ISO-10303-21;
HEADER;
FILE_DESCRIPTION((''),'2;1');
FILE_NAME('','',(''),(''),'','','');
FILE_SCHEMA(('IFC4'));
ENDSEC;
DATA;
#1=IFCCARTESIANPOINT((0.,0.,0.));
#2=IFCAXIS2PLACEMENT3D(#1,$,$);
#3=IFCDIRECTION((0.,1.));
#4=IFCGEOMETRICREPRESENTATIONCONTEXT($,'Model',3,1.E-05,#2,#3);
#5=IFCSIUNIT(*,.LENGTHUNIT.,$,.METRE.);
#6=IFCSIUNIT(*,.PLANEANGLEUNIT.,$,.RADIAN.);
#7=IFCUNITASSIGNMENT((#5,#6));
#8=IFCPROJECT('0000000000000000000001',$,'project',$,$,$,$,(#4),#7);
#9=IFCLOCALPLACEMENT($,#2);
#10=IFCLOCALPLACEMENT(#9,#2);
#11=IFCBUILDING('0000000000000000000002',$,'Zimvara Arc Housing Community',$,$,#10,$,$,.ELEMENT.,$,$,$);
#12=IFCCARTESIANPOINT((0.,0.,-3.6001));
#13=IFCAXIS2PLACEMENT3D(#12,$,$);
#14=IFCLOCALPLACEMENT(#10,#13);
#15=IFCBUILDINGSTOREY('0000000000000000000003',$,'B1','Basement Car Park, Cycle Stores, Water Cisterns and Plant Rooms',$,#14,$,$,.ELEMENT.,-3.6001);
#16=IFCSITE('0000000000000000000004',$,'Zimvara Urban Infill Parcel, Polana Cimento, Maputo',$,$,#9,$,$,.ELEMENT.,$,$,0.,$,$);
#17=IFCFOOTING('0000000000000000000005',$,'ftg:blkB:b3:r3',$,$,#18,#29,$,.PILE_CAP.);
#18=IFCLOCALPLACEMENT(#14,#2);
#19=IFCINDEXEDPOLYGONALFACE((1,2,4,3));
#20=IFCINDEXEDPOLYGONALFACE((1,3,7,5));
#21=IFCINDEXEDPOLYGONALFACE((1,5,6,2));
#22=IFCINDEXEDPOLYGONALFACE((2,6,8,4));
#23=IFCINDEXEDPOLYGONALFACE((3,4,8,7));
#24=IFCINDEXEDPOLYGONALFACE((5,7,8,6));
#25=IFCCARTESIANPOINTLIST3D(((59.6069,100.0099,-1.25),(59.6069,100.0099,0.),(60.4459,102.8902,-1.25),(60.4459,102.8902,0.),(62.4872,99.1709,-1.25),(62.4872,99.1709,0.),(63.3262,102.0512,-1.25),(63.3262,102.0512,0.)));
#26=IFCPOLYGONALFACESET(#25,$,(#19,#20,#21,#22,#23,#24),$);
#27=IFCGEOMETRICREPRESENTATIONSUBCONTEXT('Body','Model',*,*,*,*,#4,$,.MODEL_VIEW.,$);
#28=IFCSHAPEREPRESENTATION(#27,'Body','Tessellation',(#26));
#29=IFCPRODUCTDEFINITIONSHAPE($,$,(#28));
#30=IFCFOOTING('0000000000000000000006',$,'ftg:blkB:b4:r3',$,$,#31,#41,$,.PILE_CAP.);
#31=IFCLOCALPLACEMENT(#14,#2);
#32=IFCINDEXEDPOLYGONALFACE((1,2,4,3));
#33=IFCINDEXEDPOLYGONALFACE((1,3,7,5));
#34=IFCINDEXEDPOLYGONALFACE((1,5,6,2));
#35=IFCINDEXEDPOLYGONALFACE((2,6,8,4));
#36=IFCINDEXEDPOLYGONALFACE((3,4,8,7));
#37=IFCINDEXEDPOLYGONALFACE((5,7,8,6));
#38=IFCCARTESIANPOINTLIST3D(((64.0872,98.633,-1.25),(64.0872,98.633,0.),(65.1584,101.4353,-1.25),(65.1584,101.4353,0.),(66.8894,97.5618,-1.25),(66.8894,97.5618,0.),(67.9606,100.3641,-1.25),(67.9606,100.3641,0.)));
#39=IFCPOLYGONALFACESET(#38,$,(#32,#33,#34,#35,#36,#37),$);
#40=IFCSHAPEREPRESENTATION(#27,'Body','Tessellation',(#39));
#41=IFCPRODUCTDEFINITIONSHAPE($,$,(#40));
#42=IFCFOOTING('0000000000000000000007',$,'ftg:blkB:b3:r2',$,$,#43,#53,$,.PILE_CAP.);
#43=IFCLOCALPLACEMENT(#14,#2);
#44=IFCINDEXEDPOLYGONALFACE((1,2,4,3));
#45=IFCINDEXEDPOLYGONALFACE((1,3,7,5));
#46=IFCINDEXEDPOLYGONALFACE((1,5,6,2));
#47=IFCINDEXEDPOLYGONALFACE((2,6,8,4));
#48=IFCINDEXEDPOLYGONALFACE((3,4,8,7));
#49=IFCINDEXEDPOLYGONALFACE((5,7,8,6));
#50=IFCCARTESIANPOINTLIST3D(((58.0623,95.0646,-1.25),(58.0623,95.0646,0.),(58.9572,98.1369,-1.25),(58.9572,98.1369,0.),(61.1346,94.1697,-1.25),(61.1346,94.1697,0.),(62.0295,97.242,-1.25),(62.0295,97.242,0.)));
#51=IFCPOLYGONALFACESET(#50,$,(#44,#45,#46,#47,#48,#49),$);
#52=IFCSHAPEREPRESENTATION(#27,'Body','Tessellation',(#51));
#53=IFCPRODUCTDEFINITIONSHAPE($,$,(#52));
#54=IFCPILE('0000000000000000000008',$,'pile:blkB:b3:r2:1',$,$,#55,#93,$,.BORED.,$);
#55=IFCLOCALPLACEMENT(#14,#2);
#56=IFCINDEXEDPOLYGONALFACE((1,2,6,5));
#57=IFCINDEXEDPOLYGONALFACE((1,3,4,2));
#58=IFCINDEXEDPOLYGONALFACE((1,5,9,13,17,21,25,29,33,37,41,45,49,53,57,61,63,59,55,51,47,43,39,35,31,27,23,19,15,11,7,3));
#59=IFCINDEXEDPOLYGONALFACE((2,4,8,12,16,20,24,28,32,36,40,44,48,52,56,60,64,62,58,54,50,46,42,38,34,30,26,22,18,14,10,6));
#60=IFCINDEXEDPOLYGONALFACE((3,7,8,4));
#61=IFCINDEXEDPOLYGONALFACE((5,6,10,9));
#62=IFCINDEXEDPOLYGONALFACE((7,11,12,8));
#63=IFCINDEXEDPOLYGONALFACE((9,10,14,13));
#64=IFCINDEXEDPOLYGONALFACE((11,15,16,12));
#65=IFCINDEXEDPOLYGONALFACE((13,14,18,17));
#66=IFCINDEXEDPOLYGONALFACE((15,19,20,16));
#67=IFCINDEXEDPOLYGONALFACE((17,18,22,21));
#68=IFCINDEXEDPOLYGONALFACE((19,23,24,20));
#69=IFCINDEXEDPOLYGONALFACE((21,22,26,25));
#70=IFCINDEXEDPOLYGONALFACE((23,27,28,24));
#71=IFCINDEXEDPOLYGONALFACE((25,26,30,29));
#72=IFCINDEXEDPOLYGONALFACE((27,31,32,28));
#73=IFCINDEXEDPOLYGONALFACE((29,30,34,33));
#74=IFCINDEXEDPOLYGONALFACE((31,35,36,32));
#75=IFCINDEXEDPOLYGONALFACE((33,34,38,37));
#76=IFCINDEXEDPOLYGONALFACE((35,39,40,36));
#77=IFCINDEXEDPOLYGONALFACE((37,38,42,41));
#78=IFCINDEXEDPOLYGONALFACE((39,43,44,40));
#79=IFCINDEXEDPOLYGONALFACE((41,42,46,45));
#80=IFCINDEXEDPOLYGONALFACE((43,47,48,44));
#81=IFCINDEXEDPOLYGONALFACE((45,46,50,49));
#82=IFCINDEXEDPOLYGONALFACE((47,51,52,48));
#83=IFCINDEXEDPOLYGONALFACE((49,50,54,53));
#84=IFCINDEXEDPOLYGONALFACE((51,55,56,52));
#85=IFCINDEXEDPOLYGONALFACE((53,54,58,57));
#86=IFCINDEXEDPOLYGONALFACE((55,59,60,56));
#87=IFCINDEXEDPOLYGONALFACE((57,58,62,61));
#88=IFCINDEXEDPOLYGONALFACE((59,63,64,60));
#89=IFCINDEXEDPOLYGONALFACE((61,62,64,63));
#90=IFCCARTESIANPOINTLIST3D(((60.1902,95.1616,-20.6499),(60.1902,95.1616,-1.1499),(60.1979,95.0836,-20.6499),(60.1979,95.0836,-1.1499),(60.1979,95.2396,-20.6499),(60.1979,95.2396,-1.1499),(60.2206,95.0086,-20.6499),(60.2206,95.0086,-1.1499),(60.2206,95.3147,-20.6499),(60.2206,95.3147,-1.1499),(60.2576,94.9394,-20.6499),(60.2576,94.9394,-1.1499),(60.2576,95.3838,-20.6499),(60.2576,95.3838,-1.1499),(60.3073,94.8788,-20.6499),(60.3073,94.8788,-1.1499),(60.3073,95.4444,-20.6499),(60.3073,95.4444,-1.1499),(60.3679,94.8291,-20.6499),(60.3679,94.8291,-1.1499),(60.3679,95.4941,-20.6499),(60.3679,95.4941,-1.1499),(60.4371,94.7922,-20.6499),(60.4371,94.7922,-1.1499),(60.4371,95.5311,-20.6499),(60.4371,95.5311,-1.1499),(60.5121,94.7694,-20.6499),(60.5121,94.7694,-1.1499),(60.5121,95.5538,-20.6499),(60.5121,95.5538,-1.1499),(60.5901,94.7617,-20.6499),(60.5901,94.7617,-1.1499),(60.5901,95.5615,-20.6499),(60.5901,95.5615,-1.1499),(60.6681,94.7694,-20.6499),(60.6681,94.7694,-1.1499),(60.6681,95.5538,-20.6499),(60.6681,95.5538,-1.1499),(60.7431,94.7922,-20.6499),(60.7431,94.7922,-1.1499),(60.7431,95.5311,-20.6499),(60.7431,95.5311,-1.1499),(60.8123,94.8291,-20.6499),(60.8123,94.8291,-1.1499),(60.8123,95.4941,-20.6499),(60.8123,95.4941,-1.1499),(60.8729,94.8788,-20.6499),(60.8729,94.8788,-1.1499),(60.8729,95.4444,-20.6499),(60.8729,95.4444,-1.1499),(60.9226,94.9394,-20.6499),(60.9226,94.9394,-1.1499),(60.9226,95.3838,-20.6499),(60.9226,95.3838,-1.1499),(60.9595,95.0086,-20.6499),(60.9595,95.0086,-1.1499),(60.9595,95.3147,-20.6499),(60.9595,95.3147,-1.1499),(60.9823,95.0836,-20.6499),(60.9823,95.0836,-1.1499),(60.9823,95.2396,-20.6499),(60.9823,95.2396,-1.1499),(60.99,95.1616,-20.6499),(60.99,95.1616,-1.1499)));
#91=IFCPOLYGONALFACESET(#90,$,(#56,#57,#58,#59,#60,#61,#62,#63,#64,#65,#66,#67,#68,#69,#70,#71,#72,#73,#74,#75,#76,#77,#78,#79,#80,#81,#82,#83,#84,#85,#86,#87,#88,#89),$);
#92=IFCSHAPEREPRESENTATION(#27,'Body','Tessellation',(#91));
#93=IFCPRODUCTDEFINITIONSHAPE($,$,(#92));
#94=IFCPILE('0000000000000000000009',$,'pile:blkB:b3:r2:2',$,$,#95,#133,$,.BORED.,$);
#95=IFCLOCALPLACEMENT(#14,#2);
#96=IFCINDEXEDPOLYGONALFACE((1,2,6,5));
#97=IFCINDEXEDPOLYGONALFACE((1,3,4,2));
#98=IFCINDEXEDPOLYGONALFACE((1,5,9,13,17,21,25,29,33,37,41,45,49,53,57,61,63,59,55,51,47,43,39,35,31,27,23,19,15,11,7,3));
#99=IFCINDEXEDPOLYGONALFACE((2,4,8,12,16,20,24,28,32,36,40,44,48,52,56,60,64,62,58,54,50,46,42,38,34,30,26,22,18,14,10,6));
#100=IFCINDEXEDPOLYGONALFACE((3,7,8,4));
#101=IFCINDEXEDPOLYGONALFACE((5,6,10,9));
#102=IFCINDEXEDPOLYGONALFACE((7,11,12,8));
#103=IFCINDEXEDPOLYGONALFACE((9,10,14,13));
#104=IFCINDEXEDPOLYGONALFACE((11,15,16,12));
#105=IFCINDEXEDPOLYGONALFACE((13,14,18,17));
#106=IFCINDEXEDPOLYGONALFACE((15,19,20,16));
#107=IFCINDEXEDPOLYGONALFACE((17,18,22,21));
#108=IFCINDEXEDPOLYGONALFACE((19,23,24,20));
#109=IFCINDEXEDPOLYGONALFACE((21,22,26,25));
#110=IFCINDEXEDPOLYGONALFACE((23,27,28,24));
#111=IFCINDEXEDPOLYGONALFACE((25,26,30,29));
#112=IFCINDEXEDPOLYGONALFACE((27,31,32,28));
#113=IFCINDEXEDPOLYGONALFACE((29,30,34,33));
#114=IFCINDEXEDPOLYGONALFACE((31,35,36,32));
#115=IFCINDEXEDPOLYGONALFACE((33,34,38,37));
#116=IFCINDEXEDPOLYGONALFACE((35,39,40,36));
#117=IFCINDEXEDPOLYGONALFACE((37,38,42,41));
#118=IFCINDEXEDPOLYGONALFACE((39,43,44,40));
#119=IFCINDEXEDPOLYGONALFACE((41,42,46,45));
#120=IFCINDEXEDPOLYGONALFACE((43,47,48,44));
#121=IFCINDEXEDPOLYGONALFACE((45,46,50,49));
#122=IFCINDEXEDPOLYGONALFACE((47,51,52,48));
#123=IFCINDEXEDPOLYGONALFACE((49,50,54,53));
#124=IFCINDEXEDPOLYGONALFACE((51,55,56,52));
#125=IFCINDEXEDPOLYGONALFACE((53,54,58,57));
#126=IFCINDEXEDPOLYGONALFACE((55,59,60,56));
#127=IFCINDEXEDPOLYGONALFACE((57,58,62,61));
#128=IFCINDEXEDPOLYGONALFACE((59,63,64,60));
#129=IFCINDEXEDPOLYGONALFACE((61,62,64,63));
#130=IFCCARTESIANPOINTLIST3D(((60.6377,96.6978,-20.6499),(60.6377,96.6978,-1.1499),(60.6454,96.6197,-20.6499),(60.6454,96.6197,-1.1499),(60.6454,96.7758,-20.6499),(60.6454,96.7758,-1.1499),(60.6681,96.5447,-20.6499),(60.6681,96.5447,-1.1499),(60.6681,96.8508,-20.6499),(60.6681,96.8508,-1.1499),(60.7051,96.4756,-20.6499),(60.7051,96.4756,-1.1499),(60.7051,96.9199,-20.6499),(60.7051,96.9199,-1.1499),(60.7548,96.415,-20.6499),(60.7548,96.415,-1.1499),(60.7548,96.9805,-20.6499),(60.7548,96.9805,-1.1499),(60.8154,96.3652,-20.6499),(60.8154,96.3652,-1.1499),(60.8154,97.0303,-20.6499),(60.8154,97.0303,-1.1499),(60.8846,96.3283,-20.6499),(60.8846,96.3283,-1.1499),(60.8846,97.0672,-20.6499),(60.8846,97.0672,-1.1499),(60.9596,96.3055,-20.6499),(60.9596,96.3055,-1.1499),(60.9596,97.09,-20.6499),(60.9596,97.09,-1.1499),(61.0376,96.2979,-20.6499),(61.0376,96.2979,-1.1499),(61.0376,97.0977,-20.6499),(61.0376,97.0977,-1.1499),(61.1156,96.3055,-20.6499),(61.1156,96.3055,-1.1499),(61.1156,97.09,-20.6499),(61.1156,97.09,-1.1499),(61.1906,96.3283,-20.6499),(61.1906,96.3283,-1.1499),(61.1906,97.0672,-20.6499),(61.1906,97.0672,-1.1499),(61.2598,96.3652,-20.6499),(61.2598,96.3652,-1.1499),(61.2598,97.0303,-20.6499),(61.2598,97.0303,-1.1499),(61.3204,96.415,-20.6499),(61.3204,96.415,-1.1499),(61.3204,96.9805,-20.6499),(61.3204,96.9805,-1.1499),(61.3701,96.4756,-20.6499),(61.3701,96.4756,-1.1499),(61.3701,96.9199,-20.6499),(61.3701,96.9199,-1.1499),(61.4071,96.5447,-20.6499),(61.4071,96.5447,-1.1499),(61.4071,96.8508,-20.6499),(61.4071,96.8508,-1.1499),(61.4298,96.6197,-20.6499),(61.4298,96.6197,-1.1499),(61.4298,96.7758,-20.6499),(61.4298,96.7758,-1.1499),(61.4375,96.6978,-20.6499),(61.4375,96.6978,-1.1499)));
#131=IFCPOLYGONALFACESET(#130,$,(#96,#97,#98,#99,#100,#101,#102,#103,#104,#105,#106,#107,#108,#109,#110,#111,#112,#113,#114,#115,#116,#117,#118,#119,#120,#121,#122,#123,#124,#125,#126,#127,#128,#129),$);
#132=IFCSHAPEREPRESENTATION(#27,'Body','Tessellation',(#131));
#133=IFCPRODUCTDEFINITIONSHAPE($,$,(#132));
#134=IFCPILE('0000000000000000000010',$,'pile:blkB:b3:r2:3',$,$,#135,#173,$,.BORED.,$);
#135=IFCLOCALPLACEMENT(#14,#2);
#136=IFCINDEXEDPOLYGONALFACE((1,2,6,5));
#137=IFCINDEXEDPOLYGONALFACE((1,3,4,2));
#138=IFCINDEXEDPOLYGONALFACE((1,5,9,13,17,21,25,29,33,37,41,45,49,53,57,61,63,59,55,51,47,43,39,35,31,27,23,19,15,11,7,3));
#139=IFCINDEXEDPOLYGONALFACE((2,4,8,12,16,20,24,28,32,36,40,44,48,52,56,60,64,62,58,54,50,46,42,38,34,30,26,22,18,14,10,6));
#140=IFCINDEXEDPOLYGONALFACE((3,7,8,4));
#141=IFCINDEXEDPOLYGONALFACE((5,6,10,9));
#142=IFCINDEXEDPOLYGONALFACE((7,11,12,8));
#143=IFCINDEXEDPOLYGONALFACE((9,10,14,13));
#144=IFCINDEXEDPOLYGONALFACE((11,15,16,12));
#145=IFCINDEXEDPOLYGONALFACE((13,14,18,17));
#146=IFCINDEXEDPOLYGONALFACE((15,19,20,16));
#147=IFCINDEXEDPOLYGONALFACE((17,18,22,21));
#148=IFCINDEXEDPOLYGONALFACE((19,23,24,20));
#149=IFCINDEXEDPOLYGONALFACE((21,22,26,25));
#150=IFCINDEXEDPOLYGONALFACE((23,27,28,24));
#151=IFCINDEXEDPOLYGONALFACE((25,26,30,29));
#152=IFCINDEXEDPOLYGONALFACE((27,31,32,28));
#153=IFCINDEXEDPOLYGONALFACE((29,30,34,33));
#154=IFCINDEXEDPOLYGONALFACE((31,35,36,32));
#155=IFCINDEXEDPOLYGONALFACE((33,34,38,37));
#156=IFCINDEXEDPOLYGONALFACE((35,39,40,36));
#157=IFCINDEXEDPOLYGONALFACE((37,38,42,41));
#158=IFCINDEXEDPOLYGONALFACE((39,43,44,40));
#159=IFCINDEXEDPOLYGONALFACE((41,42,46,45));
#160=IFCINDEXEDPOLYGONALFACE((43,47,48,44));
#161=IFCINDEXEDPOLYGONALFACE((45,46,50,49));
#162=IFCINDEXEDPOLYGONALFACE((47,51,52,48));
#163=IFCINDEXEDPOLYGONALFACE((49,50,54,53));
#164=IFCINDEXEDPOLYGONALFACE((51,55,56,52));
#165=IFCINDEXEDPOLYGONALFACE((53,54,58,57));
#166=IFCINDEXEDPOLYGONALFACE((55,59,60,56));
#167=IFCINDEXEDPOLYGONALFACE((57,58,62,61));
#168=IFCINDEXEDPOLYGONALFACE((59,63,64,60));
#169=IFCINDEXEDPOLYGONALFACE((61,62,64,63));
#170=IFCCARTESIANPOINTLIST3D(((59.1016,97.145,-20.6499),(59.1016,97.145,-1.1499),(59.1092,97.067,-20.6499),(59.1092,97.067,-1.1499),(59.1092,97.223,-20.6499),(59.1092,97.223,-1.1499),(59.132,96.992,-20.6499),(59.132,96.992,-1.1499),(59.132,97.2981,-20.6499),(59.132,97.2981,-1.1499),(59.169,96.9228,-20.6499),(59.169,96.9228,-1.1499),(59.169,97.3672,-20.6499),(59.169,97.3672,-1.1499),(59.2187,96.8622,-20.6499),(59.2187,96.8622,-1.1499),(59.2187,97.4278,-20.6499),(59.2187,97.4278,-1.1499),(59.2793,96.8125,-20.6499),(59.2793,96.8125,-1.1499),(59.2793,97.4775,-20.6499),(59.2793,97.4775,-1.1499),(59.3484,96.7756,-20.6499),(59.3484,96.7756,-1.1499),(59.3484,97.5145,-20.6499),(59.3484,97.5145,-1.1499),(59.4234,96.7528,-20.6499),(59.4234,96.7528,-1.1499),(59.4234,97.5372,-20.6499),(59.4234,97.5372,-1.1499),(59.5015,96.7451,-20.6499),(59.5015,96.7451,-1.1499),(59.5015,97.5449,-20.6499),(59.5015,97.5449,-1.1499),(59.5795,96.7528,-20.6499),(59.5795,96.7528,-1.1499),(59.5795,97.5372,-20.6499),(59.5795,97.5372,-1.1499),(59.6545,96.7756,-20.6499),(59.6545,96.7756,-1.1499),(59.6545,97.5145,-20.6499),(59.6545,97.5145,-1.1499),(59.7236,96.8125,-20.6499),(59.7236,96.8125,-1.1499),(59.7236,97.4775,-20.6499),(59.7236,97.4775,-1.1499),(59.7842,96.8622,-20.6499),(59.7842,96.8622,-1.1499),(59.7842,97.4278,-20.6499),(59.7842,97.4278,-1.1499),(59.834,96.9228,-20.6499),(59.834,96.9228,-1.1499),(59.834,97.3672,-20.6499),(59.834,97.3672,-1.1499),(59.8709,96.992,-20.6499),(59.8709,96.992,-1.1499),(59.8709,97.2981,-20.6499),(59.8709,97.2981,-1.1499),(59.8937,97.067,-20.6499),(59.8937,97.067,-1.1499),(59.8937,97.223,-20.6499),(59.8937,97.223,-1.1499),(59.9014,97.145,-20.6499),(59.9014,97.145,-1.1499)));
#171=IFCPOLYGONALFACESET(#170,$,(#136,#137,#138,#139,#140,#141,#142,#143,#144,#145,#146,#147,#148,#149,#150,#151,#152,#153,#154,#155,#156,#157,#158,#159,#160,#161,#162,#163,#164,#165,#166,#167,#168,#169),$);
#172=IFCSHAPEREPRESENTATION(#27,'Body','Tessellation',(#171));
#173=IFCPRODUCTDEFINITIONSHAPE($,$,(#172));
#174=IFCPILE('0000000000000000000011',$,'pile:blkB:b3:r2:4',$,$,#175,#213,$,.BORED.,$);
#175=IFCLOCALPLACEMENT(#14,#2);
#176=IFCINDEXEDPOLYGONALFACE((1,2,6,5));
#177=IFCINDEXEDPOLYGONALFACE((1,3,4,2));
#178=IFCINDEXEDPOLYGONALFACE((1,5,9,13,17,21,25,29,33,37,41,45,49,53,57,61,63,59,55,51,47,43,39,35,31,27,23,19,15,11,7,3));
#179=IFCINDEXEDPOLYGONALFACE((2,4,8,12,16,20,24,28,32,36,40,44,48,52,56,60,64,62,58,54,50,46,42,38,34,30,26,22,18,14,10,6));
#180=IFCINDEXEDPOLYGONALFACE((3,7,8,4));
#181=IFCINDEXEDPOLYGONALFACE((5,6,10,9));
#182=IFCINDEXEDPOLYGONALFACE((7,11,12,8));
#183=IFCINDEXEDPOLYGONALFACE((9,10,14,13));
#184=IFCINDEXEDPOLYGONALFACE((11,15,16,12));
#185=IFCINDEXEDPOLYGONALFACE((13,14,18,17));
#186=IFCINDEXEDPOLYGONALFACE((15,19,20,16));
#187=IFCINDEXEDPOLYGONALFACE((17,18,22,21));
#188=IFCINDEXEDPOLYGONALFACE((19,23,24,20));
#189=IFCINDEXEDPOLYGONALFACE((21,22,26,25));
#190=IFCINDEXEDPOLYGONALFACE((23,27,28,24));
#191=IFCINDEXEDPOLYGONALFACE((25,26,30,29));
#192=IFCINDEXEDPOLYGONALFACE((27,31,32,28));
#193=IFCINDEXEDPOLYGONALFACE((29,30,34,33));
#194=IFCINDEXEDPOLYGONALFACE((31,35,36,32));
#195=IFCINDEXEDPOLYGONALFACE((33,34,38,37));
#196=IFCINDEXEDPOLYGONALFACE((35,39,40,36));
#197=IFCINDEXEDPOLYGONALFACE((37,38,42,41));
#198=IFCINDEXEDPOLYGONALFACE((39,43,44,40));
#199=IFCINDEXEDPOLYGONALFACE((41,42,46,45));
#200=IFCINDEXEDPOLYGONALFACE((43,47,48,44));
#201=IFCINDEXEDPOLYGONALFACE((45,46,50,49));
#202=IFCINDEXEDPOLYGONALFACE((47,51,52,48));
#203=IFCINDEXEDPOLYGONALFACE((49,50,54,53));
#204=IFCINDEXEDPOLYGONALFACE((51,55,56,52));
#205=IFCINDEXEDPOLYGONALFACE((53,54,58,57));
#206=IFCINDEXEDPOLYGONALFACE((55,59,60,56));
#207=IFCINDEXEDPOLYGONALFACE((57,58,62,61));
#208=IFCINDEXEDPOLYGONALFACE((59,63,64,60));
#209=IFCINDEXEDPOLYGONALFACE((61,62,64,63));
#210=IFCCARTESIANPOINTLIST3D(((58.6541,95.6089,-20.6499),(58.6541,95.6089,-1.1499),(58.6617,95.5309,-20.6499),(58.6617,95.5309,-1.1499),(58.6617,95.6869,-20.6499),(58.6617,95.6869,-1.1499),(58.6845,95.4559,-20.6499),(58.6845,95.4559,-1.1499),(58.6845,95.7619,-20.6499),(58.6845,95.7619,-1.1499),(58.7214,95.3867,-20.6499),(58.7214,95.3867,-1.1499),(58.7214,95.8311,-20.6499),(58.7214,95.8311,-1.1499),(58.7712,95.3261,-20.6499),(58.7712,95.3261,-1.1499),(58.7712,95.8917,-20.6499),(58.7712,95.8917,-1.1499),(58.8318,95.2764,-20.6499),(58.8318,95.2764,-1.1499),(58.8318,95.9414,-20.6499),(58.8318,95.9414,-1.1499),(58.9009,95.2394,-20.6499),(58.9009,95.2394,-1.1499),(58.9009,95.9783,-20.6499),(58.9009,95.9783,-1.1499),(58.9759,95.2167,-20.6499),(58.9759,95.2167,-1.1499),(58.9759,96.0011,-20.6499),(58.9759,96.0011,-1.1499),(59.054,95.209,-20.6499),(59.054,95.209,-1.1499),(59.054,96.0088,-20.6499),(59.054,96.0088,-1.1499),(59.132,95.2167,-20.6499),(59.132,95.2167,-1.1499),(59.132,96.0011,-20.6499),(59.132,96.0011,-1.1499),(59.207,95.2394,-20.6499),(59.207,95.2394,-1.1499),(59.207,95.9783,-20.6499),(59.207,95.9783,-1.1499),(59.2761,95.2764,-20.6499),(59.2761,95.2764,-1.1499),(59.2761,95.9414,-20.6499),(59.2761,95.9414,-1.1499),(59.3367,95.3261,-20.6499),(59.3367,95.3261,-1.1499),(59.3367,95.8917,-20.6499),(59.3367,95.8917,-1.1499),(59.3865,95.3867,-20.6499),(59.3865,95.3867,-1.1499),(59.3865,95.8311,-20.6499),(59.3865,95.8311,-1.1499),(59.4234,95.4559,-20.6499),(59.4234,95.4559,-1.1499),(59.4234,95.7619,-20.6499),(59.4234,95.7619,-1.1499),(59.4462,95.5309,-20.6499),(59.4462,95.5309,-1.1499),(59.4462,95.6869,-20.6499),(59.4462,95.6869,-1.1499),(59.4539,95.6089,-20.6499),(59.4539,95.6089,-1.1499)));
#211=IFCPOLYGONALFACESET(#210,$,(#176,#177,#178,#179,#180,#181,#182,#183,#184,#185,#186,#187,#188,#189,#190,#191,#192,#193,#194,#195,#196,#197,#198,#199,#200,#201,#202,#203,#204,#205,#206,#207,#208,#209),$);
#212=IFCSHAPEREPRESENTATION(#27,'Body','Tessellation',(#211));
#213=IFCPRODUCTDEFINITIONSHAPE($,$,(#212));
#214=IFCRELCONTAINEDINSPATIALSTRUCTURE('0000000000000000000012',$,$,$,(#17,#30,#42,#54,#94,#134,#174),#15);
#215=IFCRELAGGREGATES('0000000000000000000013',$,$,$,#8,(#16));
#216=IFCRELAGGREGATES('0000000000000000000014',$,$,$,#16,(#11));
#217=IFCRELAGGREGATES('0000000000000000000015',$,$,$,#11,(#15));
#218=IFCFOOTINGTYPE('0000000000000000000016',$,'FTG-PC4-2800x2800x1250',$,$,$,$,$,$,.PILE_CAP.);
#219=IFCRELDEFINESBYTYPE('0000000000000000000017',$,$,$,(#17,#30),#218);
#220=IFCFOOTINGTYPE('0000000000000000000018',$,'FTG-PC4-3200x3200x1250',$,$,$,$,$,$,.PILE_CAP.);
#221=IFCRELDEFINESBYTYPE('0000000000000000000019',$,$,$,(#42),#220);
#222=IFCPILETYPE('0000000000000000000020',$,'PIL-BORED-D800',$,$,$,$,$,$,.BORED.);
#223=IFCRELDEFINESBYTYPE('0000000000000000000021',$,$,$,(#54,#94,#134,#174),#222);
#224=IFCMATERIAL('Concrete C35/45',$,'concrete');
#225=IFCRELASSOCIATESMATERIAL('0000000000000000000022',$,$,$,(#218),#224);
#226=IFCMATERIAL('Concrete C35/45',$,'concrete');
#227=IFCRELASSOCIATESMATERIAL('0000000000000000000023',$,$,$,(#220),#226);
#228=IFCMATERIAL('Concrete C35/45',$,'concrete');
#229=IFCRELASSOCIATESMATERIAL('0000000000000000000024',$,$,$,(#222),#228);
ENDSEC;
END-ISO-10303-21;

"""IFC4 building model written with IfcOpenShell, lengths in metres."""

from ifc_helpers import new_model, si_unit, direction, frame, origin, origin_2d, place, context, subcontext, project, spatial, rectangle, circle, extrude, material, material_profile, profile_set, type_object, element, save


model = new_model("IFC4")

# Units and contexts
model_context = context("Model", 3, precision=1e-05, world=origin(), true_north=direction((0.0, 1.0)))
body_context = subcontext(model_context, "Body", "Model", "MODEL_VIEW")
ifc_project = project(units=[si_unit("LENGTHUNIT", "METRE"), si_unit("PLANEANGLEUNIT", "RADIAN")], contexts=[model_context])

# Site, building, storey
site_placement = place(None, origin())
site = spatial("IfcSite", under=ifc_project, at=site_placement, Name="Zimvara Urban Infill Parcel, Polana Cimento, Maputo", CompositionType="ELEMENT", RefElevation=0.0)
building_placement = place(site_placement, origin())
building = spatial("IfcBuilding", under=site, at=building_placement, Name="Zimvara Arc Housing Community", CompositionType="ELEMENT")
storey_placement = place(building_placement, frame((0.0, 0.0, -3.6001)))
storey = spatial("IfcBuildingStorey", under=building, at=storey_placement, Name="B1", Description="Basement Car Park, Cycle Stores, Water Cisterns and Plant Rooms", CompositionType="ELEMENT", Elevation=-3.6001)

# Footings
ifc_material_1 = material(Name="Concrete C35/45", Category="concrete")
footing_type_1 = type_object("IfcFootingType", Name="FTG-PC4-2800x2800x1250", PredefinedType="PILE_CAP", material=ifc_material_1)
for number, where, z_axis, x_axis, name in (
    (1, (61.4666, 101.0305, -1.25), (0.0, 0.0, 1.0), (0.279661, 0.960099, 0.0), "ftg:blkB:b3:r3"),
    (2, (66.0239, 99.4985, -1.25), (0.0, 0.0, 1.0), (0.357064, 0.93408, 0.0), "ftg:blkB:b4:r3"),
):
    element("IfcFooting", number, at=place(storey_placement, frame(where, z_axis=z_axis, x_axis=x_axis)), inside=storey, type_object=footing_type_1, Name=name, PredefinedType="PILE_CAP", context=body_context, shape_type="SweptSolid", body=[
        extrude(rectangle(XDim=3.0, YDim=3.0, at=origin_2d()), origin(), (0.0, 0.0, 1.0), 1.25),
    ])
ifc_material_2 = material(Name="Concrete C35/45", Category="concrete")
footing_type_2 = type_object("IfcFootingType", Name="FTG-PC4-3200x3200x1250", PredefinedType="PILE_CAP", material=ifc_material_2)
footing_placement = place(storey_placement, frame((60.0459, 96.1533, -1.25), z_axis=(0.0, 0.0, 1.0), x_axis=(0.279661, 0.960099, 0.0)))
element("IfcFooting", 3, at=footing_placement, inside=storey, type_object=footing_type_2, Name="ftg:blkB:b3:r2", PredefinedType="PILE_CAP", context=body_context, shape_type="SweptSolid", body=[
    extrude(rectangle(XDim=3.2, YDim=3.2, at=origin_2d()), origin(), (0.0, 0.0, 1.0), 1.25),
])

# Piles
ifc_material_3 = material(Name="Concrete C35/45", Category="concrete")
ifc_material_profile_1 = material_profile(ifc_material_3, circle(Radius=0.3999, at=origin_2d()), Name="PILE D800")
ifc_profile_set_1 = profile_set([ifc_material_profile_1], Name="Concrete C35/45")
pile_type = type_object("IfcPileType", Name="PIL-BORED-D800", PredefinedType="BORED", material=ifc_profile_set_1)
for number, where, z_axis, x_axis, name in (
    (4, (60.5901, 95.1616, -1.1499), (0.0, 0.0, -1.0), (1.0, 0.0, 0.0), "pile:blkB:b3:r2:1"),
    (5, (61.0376, 96.6978, -1.1499), (0.0, 0.0, -1.0), (1.0, 0.0, 0.0), "pile:blkB:b3:r2:2"),
    (6, (59.5015, 97.145, -1.1499), (0.0, 0.0, -1.0), (1.0, 0.0, 0.0), "pile:blkB:b3:r2:3"),
    (7, (59.054, 95.6089, -1.1499), (0.0, 0.0, -1.0), (1.0, 0.0, 0.0), "pile:blkB:b3:r2:4"),
):
    element("IfcPile", number, at=place(storey_placement, frame(where, z_axis=z_axis, x_axis=x_axis)), inside=storey, type_object=pile_type, Name=name, PredefinedType="BORED", context=body_context, shape_type="SweptSolid", body=[
        extrude(circle(Radius=0.3999, at=origin_2d()), origin(), (0.0, 0.0, 1.0), 19.5),
    ])

save(model, "model.ifc")
